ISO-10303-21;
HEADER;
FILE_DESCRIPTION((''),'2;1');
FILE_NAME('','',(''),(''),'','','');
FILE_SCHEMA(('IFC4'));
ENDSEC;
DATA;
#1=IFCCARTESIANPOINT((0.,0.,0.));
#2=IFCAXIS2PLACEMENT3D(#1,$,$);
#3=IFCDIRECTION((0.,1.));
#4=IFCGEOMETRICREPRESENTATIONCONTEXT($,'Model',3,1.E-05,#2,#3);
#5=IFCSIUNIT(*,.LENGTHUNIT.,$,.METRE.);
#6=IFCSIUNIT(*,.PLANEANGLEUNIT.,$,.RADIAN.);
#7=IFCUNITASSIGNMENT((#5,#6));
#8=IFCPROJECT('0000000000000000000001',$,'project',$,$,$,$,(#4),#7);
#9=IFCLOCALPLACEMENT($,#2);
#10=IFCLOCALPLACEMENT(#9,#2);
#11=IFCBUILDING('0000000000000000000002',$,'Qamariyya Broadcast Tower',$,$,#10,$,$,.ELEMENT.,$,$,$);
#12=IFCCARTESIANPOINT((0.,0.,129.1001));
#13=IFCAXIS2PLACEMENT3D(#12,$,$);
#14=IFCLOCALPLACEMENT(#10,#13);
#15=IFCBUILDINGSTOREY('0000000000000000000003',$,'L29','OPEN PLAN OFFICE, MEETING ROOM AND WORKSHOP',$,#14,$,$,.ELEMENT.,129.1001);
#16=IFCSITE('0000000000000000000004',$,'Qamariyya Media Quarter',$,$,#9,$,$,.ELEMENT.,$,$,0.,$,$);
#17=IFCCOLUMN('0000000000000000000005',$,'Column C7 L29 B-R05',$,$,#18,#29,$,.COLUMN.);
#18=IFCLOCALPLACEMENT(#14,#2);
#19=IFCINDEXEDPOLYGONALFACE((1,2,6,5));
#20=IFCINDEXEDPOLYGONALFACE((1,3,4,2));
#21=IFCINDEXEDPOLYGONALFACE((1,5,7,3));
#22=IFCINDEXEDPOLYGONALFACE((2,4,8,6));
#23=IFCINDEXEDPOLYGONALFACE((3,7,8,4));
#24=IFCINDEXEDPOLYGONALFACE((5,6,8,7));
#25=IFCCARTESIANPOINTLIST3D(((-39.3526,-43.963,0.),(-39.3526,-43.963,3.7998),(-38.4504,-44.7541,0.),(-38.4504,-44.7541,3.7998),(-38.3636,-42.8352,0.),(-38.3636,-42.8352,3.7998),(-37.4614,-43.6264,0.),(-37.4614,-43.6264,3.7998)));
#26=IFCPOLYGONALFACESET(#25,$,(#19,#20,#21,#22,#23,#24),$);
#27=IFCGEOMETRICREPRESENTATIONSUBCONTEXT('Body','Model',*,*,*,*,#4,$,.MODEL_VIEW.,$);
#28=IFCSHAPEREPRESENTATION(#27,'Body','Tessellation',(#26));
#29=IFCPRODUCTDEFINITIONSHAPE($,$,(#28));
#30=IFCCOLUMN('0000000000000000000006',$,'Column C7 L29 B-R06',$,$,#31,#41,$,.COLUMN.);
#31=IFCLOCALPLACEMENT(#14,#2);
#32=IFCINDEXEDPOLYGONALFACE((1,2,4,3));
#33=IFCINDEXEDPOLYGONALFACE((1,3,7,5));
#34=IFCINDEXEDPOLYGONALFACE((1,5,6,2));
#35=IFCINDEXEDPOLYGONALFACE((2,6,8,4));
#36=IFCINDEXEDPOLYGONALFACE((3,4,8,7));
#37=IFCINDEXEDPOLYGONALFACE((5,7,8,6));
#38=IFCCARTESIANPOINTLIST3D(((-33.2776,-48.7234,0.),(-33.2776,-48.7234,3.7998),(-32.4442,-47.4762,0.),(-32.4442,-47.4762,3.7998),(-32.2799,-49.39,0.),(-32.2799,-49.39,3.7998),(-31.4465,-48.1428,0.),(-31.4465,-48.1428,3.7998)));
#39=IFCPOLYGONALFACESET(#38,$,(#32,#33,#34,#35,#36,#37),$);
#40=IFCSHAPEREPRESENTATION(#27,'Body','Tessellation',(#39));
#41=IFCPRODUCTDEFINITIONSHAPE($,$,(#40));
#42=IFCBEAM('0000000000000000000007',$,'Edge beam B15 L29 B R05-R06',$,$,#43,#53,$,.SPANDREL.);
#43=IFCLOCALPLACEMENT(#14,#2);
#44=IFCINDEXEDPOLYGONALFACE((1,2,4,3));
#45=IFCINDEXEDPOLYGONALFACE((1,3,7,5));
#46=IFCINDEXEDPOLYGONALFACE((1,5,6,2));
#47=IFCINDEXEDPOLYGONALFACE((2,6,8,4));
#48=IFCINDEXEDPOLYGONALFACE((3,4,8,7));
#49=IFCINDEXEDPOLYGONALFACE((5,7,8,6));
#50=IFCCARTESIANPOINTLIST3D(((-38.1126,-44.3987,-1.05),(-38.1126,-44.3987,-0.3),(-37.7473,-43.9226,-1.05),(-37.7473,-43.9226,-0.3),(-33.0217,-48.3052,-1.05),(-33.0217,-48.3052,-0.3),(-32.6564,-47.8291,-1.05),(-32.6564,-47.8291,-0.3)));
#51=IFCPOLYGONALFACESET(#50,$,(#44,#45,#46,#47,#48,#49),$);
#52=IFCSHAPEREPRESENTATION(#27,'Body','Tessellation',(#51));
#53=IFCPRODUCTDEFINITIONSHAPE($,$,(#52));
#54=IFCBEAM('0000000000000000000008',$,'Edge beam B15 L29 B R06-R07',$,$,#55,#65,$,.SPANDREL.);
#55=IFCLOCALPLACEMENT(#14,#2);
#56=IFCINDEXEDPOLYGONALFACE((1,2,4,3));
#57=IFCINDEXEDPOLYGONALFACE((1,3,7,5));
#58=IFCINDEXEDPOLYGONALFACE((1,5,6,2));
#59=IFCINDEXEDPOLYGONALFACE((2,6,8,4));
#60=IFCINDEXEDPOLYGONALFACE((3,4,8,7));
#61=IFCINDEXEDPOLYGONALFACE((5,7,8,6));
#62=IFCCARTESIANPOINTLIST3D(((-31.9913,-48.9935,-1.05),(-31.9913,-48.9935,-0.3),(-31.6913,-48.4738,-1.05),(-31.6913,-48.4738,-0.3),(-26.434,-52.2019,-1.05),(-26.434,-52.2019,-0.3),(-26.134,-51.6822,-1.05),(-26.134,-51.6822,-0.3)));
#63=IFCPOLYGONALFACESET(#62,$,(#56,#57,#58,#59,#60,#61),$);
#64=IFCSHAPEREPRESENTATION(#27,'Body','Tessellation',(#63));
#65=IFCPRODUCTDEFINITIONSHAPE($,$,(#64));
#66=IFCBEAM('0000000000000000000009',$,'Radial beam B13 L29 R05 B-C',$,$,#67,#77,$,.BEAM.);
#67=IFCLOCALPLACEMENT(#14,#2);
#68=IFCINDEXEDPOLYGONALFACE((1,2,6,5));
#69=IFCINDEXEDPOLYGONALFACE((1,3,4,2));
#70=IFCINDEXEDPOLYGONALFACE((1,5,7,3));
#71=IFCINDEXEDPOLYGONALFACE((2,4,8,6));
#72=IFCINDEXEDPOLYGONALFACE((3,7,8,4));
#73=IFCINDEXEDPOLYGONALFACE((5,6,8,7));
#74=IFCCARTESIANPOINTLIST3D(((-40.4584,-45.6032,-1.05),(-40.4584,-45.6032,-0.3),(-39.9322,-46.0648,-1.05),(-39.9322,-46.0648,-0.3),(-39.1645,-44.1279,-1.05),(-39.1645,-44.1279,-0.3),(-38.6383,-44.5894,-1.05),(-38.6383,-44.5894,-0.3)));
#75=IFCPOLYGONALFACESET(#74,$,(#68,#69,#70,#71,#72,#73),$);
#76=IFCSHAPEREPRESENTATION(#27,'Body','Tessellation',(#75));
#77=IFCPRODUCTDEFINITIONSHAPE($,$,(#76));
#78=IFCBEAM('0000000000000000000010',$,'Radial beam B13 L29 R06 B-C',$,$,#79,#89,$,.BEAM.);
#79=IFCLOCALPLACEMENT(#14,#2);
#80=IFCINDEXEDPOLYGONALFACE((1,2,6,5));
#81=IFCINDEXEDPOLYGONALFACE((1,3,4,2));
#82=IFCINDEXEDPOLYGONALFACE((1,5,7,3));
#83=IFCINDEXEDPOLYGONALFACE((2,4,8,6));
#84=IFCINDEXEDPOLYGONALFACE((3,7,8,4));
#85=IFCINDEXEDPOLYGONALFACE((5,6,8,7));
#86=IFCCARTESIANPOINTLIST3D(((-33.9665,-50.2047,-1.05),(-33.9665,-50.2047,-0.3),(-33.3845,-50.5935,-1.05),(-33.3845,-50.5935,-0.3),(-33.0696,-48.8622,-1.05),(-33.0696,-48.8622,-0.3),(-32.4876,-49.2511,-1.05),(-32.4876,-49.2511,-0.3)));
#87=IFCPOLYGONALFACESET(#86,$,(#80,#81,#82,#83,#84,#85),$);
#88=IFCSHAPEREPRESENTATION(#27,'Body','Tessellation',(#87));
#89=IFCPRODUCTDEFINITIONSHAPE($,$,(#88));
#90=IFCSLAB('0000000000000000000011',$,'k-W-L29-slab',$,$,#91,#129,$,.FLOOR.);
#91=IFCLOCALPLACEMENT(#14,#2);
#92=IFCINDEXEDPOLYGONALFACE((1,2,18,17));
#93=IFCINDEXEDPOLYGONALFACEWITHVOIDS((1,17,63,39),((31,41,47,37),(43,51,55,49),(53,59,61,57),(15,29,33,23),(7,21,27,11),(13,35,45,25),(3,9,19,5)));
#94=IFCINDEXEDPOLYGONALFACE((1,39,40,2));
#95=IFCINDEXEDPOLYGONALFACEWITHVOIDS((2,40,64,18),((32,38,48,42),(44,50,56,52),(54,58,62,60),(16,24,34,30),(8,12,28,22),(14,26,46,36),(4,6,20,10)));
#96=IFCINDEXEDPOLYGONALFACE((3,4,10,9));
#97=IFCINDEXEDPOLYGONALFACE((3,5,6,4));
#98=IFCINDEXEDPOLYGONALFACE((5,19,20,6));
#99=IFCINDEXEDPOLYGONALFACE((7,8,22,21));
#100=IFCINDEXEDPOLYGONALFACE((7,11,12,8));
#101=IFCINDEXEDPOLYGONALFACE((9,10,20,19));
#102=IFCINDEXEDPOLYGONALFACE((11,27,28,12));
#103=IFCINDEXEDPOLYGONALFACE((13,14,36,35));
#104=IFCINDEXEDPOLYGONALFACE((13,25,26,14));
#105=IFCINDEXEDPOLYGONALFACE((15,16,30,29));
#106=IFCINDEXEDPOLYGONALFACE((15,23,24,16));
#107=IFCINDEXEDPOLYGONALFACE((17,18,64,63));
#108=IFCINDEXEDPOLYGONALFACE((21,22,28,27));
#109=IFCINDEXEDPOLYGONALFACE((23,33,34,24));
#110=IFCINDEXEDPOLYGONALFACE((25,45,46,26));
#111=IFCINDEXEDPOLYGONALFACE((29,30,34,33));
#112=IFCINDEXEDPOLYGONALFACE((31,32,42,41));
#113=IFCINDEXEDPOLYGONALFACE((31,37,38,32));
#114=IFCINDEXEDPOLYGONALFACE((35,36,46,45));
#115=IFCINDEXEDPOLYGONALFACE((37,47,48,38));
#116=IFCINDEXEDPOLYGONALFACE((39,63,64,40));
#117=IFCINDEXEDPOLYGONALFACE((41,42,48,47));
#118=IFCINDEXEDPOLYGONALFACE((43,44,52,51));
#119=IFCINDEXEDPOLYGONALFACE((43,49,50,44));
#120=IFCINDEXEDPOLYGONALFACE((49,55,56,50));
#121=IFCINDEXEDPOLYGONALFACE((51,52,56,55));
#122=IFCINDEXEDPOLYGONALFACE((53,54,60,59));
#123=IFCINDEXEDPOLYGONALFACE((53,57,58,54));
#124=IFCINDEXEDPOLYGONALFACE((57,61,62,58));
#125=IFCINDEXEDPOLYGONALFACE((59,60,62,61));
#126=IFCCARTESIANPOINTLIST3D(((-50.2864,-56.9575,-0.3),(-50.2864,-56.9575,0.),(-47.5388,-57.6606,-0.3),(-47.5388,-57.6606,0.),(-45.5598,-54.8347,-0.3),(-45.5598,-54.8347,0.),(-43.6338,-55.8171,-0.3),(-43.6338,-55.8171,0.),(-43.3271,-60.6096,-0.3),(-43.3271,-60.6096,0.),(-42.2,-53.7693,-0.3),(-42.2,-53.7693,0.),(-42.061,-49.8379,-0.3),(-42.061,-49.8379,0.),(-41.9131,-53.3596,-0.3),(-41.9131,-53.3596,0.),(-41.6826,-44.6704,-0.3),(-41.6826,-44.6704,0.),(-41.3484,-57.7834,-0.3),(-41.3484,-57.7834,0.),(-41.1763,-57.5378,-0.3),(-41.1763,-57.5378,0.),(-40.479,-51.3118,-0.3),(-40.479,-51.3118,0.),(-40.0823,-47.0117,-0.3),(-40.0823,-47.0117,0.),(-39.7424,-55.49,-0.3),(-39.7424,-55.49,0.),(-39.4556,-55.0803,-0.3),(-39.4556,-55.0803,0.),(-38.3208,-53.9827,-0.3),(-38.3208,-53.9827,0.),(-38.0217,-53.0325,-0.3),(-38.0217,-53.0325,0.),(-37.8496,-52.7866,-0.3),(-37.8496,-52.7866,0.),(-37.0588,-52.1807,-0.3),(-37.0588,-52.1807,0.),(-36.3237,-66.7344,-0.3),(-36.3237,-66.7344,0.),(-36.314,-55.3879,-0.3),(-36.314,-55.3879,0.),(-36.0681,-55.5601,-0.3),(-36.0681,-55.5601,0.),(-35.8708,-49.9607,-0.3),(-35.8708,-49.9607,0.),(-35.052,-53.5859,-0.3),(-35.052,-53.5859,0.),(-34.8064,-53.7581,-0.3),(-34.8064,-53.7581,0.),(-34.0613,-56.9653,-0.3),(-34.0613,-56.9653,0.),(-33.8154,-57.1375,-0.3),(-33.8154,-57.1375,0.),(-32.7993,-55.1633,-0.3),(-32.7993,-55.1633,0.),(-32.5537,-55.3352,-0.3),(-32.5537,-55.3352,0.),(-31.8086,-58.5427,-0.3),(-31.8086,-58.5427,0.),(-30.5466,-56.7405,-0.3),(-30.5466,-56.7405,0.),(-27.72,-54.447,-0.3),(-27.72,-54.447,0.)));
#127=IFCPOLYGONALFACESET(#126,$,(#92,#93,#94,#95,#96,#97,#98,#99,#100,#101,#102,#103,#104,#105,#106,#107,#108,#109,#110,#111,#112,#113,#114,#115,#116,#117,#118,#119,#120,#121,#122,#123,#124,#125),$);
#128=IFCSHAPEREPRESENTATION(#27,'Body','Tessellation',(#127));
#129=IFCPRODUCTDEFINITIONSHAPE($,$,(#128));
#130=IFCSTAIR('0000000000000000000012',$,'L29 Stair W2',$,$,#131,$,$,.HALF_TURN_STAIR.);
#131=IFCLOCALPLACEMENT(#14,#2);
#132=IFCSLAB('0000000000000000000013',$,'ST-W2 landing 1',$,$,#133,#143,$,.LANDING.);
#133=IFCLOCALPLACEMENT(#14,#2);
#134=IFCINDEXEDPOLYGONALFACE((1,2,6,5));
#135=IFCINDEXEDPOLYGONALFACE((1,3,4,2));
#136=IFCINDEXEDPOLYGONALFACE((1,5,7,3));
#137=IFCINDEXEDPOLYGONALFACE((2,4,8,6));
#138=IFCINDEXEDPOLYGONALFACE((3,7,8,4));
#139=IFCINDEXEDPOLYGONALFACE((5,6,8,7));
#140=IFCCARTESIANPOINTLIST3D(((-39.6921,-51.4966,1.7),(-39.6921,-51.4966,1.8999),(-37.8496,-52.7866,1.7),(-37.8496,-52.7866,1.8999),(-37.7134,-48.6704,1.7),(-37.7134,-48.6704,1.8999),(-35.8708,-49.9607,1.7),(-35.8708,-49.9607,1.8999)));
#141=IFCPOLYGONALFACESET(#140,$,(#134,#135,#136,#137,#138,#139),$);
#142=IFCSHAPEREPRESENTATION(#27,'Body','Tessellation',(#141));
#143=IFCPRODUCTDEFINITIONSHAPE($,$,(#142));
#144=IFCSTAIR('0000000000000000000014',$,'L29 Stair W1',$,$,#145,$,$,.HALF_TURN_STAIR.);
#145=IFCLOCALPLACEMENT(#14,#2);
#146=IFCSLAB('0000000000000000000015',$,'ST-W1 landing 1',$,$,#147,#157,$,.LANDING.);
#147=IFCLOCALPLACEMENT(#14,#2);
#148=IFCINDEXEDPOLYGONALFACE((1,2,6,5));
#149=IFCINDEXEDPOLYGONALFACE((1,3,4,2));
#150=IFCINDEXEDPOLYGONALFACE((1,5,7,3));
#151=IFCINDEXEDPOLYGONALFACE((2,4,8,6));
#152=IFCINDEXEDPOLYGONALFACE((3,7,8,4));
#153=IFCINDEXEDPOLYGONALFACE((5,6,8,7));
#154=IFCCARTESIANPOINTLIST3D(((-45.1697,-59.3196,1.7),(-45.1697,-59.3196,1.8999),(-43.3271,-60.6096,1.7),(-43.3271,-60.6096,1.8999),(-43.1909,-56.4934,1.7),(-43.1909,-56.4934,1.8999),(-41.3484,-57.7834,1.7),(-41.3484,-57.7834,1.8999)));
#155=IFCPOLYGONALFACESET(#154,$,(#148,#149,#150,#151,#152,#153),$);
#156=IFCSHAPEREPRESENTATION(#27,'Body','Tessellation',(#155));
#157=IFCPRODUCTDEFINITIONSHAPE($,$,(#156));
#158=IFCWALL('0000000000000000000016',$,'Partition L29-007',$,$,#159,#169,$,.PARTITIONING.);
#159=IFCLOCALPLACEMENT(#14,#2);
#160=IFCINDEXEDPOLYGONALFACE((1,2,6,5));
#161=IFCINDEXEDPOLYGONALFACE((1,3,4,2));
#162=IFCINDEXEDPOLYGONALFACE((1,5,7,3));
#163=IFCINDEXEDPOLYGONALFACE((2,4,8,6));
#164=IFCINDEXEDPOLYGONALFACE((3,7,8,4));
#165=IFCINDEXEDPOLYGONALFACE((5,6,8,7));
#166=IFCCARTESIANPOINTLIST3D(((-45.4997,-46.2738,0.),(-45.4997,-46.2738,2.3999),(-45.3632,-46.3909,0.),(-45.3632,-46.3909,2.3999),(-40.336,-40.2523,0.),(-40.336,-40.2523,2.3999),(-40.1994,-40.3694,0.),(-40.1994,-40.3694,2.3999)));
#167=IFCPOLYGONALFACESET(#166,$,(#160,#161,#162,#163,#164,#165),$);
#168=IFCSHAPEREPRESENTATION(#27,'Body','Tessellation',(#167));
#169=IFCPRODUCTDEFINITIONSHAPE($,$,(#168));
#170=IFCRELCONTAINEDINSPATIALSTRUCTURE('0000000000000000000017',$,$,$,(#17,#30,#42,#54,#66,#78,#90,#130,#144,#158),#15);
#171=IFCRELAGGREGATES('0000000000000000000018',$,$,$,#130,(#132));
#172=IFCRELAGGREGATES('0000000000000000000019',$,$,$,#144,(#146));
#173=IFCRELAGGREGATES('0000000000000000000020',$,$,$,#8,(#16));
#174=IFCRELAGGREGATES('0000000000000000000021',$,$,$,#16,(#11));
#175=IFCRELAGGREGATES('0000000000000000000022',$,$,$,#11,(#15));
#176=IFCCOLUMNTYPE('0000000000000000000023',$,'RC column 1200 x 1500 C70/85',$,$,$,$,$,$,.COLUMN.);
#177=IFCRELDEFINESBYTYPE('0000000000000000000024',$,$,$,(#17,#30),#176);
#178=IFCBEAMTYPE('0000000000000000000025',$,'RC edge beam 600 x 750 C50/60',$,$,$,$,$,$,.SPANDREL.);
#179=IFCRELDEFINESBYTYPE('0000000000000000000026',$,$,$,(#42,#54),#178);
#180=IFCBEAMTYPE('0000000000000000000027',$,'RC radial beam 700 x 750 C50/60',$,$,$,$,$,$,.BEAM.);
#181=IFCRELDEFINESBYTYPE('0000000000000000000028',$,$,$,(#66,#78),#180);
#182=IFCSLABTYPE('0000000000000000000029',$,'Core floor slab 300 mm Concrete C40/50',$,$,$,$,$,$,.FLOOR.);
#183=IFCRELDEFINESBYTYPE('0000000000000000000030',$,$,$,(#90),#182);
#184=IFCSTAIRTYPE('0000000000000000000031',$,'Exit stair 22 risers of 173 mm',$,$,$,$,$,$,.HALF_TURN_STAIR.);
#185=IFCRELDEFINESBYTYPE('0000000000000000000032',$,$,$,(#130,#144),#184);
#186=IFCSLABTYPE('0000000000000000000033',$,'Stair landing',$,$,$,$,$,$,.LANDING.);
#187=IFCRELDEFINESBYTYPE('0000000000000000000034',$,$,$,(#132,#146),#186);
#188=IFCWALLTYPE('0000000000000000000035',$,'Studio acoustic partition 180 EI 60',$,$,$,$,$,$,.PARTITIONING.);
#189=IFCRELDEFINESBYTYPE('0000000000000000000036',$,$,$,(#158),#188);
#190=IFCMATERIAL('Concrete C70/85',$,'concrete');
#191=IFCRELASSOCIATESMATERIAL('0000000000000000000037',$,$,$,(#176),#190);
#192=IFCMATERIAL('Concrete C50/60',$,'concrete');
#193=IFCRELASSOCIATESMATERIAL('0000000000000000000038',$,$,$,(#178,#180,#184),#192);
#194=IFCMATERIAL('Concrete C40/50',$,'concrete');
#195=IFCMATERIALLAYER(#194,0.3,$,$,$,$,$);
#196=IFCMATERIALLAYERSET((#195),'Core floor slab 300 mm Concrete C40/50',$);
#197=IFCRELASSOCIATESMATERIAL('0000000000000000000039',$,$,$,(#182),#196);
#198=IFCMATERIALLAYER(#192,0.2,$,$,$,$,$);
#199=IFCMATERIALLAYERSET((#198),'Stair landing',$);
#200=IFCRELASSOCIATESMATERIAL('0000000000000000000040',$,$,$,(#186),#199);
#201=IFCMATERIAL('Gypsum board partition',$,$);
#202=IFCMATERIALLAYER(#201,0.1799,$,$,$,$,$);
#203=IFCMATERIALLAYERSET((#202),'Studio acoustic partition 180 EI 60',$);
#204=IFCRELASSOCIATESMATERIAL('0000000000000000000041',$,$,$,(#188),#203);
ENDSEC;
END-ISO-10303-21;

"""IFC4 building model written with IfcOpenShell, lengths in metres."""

from ifc_helpers import new_model, si_unit, direction, frame, frame_2d, origin, origin_2d, place, context, subcontext, project, spatial, polyline, rectangle, outline, extrude, material, layer, layer_set, material_profile, profile_set, type_object, element, aggregate, save


model = new_model("IFC4")

# Units and contexts
model_context = context("Model", 3, precision=1e-05, world=origin(), true_north=direction((0.0, 1.0)))
body_context = subcontext(model_context, "Body", "Model", "MODEL_VIEW")
ifc_project = project(units=[si_unit("LENGTHUNIT", "METRE"), si_unit("PLANEANGLEUNIT", "RADIAN")], contexts=[model_context])

# Site, building, storey
site_placement = place(None, origin())
site = spatial("IfcSite", under=ifc_project, at=site_placement, Name="Qamariyya Media Quarter", CompositionType="ELEMENT", RefElevation=0.0)
building_placement = place(site_placement, origin())
building = spatial("IfcBuilding", under=site, at=building_placement, Name="Qamariyya Broadcast Tower", CompositionType="ELEMENT")
storey_placement = place(building_placement, frame((0.0, 0.0, 129.1001)))
storey = spatial("IfcBuildingStorey", under=building, at=storey_placement, Name="L29", Description="OPEN PLAN OFFICE, MEETING ROOM AND WORKSHOP", CompositionType="ELEMENT", Elevation=129.1001)

# Columns
ifc_material_1 = material(Name="Concrete C70/85", Category="concrete")
ifc_material_profile_1 = material_profile(ifc_material_1, rectangle(XDim=1.2, YDim=1.5, at=origin_2d()))
ifc_profile_set_1 = profile_set([ifc_material_profile_1], Name="Concrete C70/85")
column_type = type_object("IfcColumnType", Name="RC column 1200 x 1500 C70/85", PredefinedType="COLUMN", material=ifc_profile_set_1)
for number, where, z_axis, x_axis, name in (
    (1, (-38.407, -43.7947, 0.0), (0.0, 0.0, 1.0), (0.75184, -0.659346, 0.0), "Column C7 L29 B-R05"),
    (2, (-32.3621, -48.4331, 0.0), (0.0, 0.0, 1.0), (0.83147, -0.55557, 0.0), "Column C7 L29 B-R06"),
):
    element("IfcColumn", number, at=place(storey_placement, frame(where, z_axis=z_axis, x_axis=x_axis)), inside=storey, type_object=column_type, Name=name, PredefinedType="COLUMN", context=body_context, shape_type="SweptSolid", body=[
        extrude(rectangle(XDim=1.2, YDim=1.5, at=origin_2d()), origin(), (0.0, 0.0, 1.0), 3.7998),
    ])

# Beams
ifc_material_2 = material(Name="Concrete C50/60", Category="concrete")
ifc_material_profile_2 = material_profile(ifc_material_2, rectangle(XDim=0.6001, YDim=0.75, at=origin_2d()))
ifc_profile_set_2 = profile_set([ifc_material_profile_2], Name="Concrete C50/60")
beam_type_1 = type_object("IfcBeamType", Name="RC edge beam 600 x 750 C50/60", PredefinedType="SPANDREL", material=ifc_profile_set_2)
for number, where, z_axis, x_axis, name in (
    (3, (-37.9299, -44.1606, -0.675), (0.793341, -0.608778, 0.0), (0.608778, 0.793341, 0.0), "Edge beam B15 L29 B R05-R06"),
    (4, (-31.8413, -48.7336, -0.675), (0.866029, -0.499994, 0.0), (0.499994, 0.866029, 0.0), "Edge beam B15 L29 B R06-R07"),
):
    element("IfcBeam", number, at=place(storey_placement, frame(where, z_axis=z_axis, x_axis=x_axis)), inside=storey, type_object=beam_type_1, Name=name, PredefinedType="SPANDREL", context=body_context, shape_type="SweptSolid", body=[
        extrude(rectangle(XDim=0.6001, YDim=0.75, at=origin_2d()), origin(), (0.0, 0.0, 1.0), 6.417),
    ])
ifc_material_profile_3 = material_profile(ifc_material_2, rectangle(XDim=0.7, YDim=0.75, at=origin_2d()))
ifc_profile_set_3 = profile_set([ifc_material_profile_3], Name="Concrete C50/60")
beam_type_2 = type_object("IfcBeamType", Name="RC radial beam 700 x 750 C50/60", PredefinedType="BEAM", material=ifc_profile_set_3)
beam_1_placement = place(storey_placement, frame((-38.9014, -44.3586, -0.675), z_axis=(-0.659376, -0.751813, 0.0), x_axis=(0.751813, -0.659376, 0.0)))
element("IfcBeam", 5, at=beam_1_placement, inside=storey, type_object=beam_type_2, Name="Radial beam B13 L29 R05 B-C", PredefinedType="BEAM", context=body_context, shape_type="SweptSolid", body=[
    extrude(rectangle(XDim=0.7, YDim=0.75, at=origin_2d()), origin(), (0.0, 0.0, 1.0), 1.9624),
])
beam_2_placement = place(storey_placement, frame((-32.7786, -49.0566, -0.675), z_axis=(-0.555537, -0.831492, 0.0), x_axis=(0.831492, -0.555537, 0.0)))
element("IfcBeam", 6, at=beam_2_placement, inside=storey, type_object=beam_type_2, Name="Radial beam B13 L29 R06 B-C", PredefinedType="BEAM", context=body_context, shape_type="SweptSolid", body=[
    extrude(rectangle(XDim=0.7, YDim=0.75, at=origin_2d()), origin(), (0.0, 0.0, 1.0), 1.6145),
])

# Slab
ifc_material_3 = material(Name="Concrete C40/50", Category="concrete")
ifc_layer_1 = layer(ifc_material_3, 0.3)
ifc_layer_set_1 = layer_set([ifc_layer_1], Name="Core floor slab 300 mm Concrete C40/50")
slab_type_1 = type_object("IfcSlabType", Name="Core floor slab 300 mm Concrete C40/50", PredefinedType="FLOOR", material=ifc_layer_set_1)
slab_1_placement = place(storey_placement, frame((0.0, 0.0, -0.3)))
element("IfcSlab", 7, at=slab_1_placement, inside=storey, type_object=slab_type_1, Name="k-W-L29-slab", PredefinedType="FLOOR", context=body_context, shape_type="SweptSolid", body=[
    extrude(outline(polyline([(-50.2864, -56.9575), (-36.3237, -66.7344), (-27.72, -54.447), (-41.6826, -44.6704), (-50.2864, -56.9575)]), holes=[polyline([(-31.8086, -58.5427), (-33.8154, -57.1375), (-32.5537, -55.3352), (-30.5466, -56.7405), (-31.8086, -58.5427)]), polyline([(-34.0613, -56.9653), (-36.0681, -55.5601), (-34.8064, -53.7581), (-32.7993, -55.1633), (-34.0613, -56.9653)]), polyline([(-36.314, -55.3879), (-38.3208, -53.9827), (-37.0588, -52.1807), (-35.052, -53.5859), (-36.314, -55.3879)]), polyline([(-39.7424, -55.49), (-42.2, -53.7693), (-43.6338, -55.8171), (-41.1763, -57.5378), (-39.7424, -55.49)]), polyline([(-39.4556, -55.0803), (-41.9131, -53.3596), (-40.479, -51.3118), (-38.0217, -53.0325), (-39.4556, -55.0803)]), polyline([(-42.061, -49.8379), (-37.8496, -52.7866), (-35.8708, -49.9607), (-40.0823, -47.0117), (-42.061, -49.8379)]), polyline([(-47.5388, -57.6606), (-43.3271, -60.6096), (-41.3484, -57.7834), (-45.5598, -54.8347), (-47.5388, -57.6606)])]), origin(), (0.0, 0.0, 1.0), 0.3),
])

# Stairs, slabs
stair_type = type_object("IfcStairType", Name="Exit stair 22 risers of 173 mm", PredefinedType="HALF_TURN_STAIR", material=ifc_material_2)
stair_1_placement = place(storey_placement, origin())
stair_1 = element("IfcStair", 8, at=stair_1_placement, inside=storey, type_object=stair_type, Name="L29 Stair W2", PredefinedType="HALF_TURN_STAIR")
ifc_layer_2 = layer(ifc_material_2, 0.2)
ifc_layer_set_2 = layer_set([ifc_layer_2], Name="Stair landing")
slab_type_2 = type_object("IfcSlabType", Name="Stair landing", PredefinedType="LANDING", material=ifc_layer_set_2)
slab_2_placement = place(storey_placement, frame((0.0, 0.0, 1.7)))
slab_2 = element("IfcSlab", 9, at=slab_2_placement, type_object=slab_type_2, Name="ST-W2 landing 1", PredefinedType="LANDING", context=body_context, shape_type="SweptSolid", body=[
    extrude(outline(polyline([(-39.6921, -51.4966), (-37.8496, -52.7866), (-35.8708, -49.9607), (-37.7134, -48.6704), (-39.6921, -51.4966)])), origin(), (0.0, 0.0, 1.0), 0.2),
])
aggregate(stair_1, [slab_2])
stair_2_placement = place(storey_placement, origin())
stair_2 = element("IfcStair", 10, at=stair_2_placement, inside=storey, type_object=stair_type, Name="L29 Stair W1", PredefinedType="HALF_TURN_STAIR")
slab_3_placement = place(storey_placement, frame((0.0, 0.0, 1.7)))
slab_3 = element("IfcSlab", 11, at=slab_3_placement, type_object=slab_type_2, Name="ST-W1 landing 1", PredefinedType="LANDING", context=body_context, shape_type="SweptSolid", body=[
    extrude(outline(polyline([(-45.1697, -59.3196), (-43.3271, -60.6096), (-41.3484, -57.7834), (-43.1909, -56.4934), (-45.1697, -59.3196)])), origin(), (0.0, 0.0, 1.0), 0.2),
])
aggregate(stair_2, [slab_3])

# Wall
ifc_material_4 = material(Name="Gypsum board partition")
ifc_layer_3 = layer(ifc_material_4, 0.1799)
ifc_layer_set_3 = layer_set([ifc_layer_3], Name="Studio acoustic partition 180 EI 60")
wall_type_1 = type_object("IfcWallType", Name="Studio acoustic partition 180 EI 60", PredefinedType="PARTITIONING", material=ifc_layer_set_3)
wall_1_placement = place(storey_placement, frame((-40.2676, -40.3108, 0.0), z_axis=(0.0, 0.0, 1.0), x_axis=(-0.650976, -0.759098, 0.0)))
element("IfcWall", 12, at=wall_1_placement, inside=storey, type_object=wall_type_1, Name="Partition L29-007", PredefinedType="PARTITIONING", context=body_context, shape_type="SweptSolid", body=[
    extrude(rectangle(XDim=7.9324, YDim=0.1799, at=frame_2d((3.9663, 0.0))), origin(), (0.0, 0.0, 1.0), 2.3999),
])

save(model, "model.ifc")
